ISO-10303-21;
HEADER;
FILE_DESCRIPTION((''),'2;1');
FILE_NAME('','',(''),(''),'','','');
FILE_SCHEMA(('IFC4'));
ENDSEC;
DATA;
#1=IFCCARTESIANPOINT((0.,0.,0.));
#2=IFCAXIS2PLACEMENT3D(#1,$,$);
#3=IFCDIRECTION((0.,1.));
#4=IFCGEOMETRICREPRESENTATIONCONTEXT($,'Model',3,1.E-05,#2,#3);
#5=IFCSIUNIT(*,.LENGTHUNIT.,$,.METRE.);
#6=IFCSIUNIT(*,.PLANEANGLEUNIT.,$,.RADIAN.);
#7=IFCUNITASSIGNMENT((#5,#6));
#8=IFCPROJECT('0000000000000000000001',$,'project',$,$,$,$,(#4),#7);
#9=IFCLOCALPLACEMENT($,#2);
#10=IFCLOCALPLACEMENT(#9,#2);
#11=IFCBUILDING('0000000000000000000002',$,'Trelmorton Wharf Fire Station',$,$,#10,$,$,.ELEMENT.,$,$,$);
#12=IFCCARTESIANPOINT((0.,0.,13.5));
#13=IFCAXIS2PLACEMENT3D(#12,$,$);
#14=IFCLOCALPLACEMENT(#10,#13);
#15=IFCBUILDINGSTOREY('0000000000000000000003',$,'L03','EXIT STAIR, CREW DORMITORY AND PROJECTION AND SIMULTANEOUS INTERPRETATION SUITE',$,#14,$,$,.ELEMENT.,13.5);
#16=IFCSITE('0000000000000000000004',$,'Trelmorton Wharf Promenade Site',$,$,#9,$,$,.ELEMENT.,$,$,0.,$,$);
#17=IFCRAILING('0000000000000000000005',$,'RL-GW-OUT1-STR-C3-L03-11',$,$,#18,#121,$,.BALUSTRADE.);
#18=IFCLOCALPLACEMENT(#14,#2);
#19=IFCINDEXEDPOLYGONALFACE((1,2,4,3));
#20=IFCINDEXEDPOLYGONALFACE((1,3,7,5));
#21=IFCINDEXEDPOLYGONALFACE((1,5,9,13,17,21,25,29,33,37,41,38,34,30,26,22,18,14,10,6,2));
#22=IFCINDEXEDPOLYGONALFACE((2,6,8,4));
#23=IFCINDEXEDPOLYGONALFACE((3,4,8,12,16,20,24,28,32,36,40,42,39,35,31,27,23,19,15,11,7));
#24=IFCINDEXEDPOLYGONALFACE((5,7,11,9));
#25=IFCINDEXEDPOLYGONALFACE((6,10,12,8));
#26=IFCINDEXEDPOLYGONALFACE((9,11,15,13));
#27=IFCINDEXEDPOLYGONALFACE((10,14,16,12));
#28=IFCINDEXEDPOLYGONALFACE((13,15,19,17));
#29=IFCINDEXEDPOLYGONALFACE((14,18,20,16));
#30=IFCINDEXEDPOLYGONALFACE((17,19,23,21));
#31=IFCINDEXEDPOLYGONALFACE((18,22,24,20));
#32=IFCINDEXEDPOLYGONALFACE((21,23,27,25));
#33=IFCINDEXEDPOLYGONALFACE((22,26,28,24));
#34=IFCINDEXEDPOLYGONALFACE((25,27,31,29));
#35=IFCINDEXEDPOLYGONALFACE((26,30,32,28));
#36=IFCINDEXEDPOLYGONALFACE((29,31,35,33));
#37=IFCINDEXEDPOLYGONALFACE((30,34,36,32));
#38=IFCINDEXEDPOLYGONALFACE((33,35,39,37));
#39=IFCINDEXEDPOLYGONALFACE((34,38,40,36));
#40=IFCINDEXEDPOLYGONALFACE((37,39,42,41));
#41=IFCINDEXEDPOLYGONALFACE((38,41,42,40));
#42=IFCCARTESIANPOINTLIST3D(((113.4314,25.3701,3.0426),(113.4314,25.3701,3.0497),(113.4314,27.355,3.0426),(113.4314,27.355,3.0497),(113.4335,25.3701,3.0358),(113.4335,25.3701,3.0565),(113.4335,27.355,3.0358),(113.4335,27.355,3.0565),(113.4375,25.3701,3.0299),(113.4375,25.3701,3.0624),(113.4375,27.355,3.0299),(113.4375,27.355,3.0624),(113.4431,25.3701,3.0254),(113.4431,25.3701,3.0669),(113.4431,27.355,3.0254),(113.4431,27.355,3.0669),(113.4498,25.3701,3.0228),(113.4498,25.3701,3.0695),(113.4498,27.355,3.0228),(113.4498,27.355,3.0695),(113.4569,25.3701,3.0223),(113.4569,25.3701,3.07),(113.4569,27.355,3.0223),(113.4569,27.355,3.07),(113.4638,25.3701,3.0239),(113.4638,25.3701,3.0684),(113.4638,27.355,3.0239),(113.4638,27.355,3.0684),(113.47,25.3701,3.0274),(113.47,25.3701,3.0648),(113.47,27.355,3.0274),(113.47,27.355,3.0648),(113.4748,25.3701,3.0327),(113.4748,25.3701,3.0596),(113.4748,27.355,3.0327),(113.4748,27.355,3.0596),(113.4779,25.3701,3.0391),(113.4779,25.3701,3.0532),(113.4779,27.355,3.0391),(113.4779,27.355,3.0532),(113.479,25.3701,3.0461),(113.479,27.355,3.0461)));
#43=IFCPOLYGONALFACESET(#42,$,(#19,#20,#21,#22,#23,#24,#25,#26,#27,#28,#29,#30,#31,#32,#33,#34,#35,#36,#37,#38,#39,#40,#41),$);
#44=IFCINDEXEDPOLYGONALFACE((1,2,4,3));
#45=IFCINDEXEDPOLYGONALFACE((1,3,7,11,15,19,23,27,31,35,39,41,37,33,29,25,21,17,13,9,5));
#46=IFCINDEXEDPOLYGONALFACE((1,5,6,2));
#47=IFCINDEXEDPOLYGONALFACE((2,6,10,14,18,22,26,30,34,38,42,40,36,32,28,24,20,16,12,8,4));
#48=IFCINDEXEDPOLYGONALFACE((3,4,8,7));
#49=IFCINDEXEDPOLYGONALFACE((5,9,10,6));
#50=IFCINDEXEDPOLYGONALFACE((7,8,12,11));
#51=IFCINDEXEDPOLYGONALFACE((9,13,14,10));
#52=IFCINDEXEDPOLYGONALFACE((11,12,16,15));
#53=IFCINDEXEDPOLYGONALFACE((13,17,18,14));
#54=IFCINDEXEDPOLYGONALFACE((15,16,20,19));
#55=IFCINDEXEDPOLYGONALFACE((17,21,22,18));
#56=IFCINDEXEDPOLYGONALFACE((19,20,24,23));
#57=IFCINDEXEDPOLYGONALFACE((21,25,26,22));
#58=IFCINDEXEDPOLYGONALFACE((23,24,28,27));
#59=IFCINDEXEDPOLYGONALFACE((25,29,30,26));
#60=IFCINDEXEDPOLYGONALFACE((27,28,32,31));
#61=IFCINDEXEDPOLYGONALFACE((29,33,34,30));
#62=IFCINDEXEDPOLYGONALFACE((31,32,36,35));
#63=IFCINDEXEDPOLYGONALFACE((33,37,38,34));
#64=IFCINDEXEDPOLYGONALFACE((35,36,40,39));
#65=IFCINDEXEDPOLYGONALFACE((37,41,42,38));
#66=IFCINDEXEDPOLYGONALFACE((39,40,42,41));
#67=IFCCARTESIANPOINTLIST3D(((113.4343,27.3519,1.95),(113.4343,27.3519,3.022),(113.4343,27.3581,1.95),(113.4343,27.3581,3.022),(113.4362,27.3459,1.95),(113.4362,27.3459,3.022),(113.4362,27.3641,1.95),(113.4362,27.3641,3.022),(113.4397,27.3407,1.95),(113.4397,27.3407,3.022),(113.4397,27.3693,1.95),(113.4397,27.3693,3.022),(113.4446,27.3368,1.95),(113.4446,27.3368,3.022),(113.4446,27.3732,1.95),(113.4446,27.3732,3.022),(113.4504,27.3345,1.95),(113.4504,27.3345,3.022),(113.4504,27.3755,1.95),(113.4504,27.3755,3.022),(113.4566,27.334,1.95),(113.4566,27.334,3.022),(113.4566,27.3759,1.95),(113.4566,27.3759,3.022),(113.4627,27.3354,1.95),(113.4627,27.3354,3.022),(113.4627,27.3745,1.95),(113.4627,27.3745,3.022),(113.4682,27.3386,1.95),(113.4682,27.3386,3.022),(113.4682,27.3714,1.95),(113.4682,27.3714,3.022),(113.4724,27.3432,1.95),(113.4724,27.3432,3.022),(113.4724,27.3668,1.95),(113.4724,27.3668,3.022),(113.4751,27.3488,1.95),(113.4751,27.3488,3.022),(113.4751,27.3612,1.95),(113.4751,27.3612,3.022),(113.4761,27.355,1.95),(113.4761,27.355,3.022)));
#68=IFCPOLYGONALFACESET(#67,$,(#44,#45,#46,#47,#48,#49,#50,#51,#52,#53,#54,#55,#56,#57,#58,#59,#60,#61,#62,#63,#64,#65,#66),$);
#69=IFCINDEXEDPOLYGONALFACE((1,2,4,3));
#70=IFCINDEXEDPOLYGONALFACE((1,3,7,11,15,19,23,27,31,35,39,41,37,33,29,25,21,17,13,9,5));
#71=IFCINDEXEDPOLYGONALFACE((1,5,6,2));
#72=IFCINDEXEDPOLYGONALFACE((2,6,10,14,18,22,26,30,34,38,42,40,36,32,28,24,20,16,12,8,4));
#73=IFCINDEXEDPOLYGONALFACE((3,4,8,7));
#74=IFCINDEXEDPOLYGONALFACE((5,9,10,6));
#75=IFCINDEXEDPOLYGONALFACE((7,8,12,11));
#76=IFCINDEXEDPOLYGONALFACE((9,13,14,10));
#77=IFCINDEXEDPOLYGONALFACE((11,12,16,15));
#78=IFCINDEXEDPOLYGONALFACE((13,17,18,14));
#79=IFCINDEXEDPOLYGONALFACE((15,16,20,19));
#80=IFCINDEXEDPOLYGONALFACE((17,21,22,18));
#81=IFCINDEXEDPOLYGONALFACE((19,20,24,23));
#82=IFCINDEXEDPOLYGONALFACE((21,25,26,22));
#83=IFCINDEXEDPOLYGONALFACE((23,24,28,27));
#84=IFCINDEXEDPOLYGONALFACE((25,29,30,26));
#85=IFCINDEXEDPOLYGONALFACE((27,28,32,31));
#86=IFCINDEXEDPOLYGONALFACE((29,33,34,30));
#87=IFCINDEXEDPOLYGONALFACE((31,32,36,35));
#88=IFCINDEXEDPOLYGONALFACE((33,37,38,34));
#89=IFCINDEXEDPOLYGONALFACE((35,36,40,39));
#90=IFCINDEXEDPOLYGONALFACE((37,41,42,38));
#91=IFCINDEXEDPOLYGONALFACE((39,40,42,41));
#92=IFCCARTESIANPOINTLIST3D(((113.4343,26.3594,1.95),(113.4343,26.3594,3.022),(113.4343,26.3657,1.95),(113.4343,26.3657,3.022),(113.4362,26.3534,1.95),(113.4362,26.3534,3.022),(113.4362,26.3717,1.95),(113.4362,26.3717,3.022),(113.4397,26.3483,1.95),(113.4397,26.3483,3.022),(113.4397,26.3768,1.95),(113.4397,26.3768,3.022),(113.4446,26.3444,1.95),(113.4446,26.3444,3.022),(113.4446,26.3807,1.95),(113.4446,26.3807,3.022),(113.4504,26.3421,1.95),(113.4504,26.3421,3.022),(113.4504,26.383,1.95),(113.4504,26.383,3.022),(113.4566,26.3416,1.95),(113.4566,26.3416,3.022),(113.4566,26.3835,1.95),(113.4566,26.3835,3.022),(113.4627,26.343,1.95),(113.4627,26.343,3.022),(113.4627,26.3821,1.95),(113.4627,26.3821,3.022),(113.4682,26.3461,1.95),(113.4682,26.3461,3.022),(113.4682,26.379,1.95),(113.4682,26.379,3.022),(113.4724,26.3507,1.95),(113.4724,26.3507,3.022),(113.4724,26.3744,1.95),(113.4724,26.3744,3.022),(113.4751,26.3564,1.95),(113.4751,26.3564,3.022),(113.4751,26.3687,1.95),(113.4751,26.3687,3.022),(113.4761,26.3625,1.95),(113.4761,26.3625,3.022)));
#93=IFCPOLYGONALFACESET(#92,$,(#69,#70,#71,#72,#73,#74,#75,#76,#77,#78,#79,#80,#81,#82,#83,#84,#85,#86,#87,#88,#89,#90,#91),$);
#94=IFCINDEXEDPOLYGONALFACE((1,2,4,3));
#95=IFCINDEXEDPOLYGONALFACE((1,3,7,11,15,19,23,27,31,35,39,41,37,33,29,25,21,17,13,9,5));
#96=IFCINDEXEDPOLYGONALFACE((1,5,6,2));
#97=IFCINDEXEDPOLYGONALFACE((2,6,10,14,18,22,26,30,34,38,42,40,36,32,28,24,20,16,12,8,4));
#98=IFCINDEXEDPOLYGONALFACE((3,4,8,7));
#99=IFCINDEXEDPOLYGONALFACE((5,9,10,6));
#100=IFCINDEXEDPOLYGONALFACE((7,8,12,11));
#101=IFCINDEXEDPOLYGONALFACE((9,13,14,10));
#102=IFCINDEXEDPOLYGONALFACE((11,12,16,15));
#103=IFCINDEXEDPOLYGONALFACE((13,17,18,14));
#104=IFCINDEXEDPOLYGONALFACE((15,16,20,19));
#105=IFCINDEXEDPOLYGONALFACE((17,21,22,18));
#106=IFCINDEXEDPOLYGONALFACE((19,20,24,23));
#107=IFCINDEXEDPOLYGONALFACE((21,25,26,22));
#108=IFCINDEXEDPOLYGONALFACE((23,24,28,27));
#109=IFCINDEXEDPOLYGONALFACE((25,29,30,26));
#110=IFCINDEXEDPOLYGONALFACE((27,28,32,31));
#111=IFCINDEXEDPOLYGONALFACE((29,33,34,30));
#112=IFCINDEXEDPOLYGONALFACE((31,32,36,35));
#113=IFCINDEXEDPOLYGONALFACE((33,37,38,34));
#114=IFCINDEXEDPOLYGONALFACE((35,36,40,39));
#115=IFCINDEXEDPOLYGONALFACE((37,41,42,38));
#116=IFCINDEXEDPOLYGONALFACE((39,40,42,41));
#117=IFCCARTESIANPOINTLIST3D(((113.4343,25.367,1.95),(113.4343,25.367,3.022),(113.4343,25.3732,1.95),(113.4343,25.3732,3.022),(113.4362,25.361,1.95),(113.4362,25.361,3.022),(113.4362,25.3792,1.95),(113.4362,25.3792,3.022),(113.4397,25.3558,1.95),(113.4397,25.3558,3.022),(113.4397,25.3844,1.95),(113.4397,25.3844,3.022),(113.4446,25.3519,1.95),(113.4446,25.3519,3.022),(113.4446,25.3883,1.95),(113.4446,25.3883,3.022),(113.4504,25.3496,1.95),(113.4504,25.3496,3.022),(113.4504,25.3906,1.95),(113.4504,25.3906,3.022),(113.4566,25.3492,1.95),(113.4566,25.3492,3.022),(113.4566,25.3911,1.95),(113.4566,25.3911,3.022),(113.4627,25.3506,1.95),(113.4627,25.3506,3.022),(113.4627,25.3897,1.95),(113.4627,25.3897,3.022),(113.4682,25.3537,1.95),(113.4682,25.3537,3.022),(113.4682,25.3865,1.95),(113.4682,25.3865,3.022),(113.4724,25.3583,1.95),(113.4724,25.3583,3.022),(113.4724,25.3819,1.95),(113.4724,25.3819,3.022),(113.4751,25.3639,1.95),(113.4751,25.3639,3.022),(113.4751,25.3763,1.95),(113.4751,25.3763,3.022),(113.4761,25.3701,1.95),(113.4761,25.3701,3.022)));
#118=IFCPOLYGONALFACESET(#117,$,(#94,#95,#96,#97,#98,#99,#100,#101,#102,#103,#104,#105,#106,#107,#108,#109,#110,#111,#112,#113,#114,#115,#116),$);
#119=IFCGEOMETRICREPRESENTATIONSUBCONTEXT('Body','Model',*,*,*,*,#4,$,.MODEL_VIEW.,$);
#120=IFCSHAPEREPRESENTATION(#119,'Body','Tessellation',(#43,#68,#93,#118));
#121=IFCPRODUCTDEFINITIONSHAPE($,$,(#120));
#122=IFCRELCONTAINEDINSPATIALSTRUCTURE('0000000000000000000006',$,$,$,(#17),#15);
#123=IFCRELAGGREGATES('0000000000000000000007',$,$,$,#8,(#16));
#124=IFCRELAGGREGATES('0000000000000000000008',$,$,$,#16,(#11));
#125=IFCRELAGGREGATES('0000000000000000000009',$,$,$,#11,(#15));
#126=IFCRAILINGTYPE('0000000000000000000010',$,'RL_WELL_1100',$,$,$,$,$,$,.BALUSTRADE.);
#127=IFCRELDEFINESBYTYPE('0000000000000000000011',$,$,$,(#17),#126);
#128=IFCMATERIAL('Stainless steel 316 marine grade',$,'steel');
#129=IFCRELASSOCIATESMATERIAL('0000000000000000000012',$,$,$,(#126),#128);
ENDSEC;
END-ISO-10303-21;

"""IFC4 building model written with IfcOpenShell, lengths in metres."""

from ifc_helpers import new_model, si_unit, direction, frame, origin, origin_2d, place, context, subcontext, project, spatial, circle, extrude, material, type_object, element, save


model = new_model("IFC4")

# Units and contexts
model_context = context("Model", 3, precision=1e-05, world=origin(), true_north=direction((0.0, 1.0)))
body_context = subcontext(model_context, "Body", "Model", "MODEL_VIEW")
ifc_project = project(units=[si_unit("LENGTHUNIT", "METRE"), si_unit("PLANEANGLEUNIT", "RADIAN")], contexts=[model_context])

# Site, building, storey
site_placement = place(None, origin())
site = spatial("IfcSite", under=ifc_project, at=site_placement, Name="Trelmorton Wharf Promenade Site", CompositionType="ELEMENT", RefElevation=0.0)
building_placement = place(site_placement, origin())
building = spatial("IfcBuilding", under=site, at=building_placement, Name="Trelmorton Wharf Fire Station", CompositionType="ELEMENT")
storey_placement = place(building_placement, frame((0.0, 0.0, 13.5)))
storey = spatial("IfcBuildingStorey", under=building, at=storey_placement, Name="L03", Description="EXIT STAIR, CREW DORMITORY AND PROJECTION AND SIMULTANEOUS INTERPRETATION SUITE", CompositionType="ELEMENT", Elevation=13.5)

# Railing
ifc_material_1 = material(Name="Stainless steel 316 marine grade", Category="steel")
railing_type_1 = type_object("IfcRailingType", Name="RL_WELL_1100", PredefinedType="BALUSTRADE", material=ifc_material_1)
railing_1_placement = place(storey_placement, frame((113.4551, 27.355, 1.95)))
element("IfcRailing", 1, at=railing_1_placement, inside=storey, type_object=railing_type_1, Name="RL-GW-OUT1-STR-C3-L03-11", PredefinedType="BALUSTRADE", context=body_context, shape_type="SweptSolid", body=[
    extrude(circle(Radius=0.0239, at=origin_2d()), frame((0.0, 0.0, 1.0962), z_axis=(0.0, -1.0, 0.0), x_axis=(1.0, 0.0, 0.0)), (0.0, 0.0, 1.0), 1.9849),
    extrude(circle(Radius=0.021, at=origin_2d()), origin(), (0.0, 0.0, 1.0), 1.072),
    extrude(circle(Radius=0.021, at=origin_2d()), frame((0.0, -0.9924, 0.0)), (0.0, 0.0, 1.0), 1.072),
    extrude(circle(Radius=0.021, at=origin_2d()), frame((0.0, -1.9849, 0.0)), (0.0, 0.0, 1.0), 1.072),
])

save(model, "model.ifc")
